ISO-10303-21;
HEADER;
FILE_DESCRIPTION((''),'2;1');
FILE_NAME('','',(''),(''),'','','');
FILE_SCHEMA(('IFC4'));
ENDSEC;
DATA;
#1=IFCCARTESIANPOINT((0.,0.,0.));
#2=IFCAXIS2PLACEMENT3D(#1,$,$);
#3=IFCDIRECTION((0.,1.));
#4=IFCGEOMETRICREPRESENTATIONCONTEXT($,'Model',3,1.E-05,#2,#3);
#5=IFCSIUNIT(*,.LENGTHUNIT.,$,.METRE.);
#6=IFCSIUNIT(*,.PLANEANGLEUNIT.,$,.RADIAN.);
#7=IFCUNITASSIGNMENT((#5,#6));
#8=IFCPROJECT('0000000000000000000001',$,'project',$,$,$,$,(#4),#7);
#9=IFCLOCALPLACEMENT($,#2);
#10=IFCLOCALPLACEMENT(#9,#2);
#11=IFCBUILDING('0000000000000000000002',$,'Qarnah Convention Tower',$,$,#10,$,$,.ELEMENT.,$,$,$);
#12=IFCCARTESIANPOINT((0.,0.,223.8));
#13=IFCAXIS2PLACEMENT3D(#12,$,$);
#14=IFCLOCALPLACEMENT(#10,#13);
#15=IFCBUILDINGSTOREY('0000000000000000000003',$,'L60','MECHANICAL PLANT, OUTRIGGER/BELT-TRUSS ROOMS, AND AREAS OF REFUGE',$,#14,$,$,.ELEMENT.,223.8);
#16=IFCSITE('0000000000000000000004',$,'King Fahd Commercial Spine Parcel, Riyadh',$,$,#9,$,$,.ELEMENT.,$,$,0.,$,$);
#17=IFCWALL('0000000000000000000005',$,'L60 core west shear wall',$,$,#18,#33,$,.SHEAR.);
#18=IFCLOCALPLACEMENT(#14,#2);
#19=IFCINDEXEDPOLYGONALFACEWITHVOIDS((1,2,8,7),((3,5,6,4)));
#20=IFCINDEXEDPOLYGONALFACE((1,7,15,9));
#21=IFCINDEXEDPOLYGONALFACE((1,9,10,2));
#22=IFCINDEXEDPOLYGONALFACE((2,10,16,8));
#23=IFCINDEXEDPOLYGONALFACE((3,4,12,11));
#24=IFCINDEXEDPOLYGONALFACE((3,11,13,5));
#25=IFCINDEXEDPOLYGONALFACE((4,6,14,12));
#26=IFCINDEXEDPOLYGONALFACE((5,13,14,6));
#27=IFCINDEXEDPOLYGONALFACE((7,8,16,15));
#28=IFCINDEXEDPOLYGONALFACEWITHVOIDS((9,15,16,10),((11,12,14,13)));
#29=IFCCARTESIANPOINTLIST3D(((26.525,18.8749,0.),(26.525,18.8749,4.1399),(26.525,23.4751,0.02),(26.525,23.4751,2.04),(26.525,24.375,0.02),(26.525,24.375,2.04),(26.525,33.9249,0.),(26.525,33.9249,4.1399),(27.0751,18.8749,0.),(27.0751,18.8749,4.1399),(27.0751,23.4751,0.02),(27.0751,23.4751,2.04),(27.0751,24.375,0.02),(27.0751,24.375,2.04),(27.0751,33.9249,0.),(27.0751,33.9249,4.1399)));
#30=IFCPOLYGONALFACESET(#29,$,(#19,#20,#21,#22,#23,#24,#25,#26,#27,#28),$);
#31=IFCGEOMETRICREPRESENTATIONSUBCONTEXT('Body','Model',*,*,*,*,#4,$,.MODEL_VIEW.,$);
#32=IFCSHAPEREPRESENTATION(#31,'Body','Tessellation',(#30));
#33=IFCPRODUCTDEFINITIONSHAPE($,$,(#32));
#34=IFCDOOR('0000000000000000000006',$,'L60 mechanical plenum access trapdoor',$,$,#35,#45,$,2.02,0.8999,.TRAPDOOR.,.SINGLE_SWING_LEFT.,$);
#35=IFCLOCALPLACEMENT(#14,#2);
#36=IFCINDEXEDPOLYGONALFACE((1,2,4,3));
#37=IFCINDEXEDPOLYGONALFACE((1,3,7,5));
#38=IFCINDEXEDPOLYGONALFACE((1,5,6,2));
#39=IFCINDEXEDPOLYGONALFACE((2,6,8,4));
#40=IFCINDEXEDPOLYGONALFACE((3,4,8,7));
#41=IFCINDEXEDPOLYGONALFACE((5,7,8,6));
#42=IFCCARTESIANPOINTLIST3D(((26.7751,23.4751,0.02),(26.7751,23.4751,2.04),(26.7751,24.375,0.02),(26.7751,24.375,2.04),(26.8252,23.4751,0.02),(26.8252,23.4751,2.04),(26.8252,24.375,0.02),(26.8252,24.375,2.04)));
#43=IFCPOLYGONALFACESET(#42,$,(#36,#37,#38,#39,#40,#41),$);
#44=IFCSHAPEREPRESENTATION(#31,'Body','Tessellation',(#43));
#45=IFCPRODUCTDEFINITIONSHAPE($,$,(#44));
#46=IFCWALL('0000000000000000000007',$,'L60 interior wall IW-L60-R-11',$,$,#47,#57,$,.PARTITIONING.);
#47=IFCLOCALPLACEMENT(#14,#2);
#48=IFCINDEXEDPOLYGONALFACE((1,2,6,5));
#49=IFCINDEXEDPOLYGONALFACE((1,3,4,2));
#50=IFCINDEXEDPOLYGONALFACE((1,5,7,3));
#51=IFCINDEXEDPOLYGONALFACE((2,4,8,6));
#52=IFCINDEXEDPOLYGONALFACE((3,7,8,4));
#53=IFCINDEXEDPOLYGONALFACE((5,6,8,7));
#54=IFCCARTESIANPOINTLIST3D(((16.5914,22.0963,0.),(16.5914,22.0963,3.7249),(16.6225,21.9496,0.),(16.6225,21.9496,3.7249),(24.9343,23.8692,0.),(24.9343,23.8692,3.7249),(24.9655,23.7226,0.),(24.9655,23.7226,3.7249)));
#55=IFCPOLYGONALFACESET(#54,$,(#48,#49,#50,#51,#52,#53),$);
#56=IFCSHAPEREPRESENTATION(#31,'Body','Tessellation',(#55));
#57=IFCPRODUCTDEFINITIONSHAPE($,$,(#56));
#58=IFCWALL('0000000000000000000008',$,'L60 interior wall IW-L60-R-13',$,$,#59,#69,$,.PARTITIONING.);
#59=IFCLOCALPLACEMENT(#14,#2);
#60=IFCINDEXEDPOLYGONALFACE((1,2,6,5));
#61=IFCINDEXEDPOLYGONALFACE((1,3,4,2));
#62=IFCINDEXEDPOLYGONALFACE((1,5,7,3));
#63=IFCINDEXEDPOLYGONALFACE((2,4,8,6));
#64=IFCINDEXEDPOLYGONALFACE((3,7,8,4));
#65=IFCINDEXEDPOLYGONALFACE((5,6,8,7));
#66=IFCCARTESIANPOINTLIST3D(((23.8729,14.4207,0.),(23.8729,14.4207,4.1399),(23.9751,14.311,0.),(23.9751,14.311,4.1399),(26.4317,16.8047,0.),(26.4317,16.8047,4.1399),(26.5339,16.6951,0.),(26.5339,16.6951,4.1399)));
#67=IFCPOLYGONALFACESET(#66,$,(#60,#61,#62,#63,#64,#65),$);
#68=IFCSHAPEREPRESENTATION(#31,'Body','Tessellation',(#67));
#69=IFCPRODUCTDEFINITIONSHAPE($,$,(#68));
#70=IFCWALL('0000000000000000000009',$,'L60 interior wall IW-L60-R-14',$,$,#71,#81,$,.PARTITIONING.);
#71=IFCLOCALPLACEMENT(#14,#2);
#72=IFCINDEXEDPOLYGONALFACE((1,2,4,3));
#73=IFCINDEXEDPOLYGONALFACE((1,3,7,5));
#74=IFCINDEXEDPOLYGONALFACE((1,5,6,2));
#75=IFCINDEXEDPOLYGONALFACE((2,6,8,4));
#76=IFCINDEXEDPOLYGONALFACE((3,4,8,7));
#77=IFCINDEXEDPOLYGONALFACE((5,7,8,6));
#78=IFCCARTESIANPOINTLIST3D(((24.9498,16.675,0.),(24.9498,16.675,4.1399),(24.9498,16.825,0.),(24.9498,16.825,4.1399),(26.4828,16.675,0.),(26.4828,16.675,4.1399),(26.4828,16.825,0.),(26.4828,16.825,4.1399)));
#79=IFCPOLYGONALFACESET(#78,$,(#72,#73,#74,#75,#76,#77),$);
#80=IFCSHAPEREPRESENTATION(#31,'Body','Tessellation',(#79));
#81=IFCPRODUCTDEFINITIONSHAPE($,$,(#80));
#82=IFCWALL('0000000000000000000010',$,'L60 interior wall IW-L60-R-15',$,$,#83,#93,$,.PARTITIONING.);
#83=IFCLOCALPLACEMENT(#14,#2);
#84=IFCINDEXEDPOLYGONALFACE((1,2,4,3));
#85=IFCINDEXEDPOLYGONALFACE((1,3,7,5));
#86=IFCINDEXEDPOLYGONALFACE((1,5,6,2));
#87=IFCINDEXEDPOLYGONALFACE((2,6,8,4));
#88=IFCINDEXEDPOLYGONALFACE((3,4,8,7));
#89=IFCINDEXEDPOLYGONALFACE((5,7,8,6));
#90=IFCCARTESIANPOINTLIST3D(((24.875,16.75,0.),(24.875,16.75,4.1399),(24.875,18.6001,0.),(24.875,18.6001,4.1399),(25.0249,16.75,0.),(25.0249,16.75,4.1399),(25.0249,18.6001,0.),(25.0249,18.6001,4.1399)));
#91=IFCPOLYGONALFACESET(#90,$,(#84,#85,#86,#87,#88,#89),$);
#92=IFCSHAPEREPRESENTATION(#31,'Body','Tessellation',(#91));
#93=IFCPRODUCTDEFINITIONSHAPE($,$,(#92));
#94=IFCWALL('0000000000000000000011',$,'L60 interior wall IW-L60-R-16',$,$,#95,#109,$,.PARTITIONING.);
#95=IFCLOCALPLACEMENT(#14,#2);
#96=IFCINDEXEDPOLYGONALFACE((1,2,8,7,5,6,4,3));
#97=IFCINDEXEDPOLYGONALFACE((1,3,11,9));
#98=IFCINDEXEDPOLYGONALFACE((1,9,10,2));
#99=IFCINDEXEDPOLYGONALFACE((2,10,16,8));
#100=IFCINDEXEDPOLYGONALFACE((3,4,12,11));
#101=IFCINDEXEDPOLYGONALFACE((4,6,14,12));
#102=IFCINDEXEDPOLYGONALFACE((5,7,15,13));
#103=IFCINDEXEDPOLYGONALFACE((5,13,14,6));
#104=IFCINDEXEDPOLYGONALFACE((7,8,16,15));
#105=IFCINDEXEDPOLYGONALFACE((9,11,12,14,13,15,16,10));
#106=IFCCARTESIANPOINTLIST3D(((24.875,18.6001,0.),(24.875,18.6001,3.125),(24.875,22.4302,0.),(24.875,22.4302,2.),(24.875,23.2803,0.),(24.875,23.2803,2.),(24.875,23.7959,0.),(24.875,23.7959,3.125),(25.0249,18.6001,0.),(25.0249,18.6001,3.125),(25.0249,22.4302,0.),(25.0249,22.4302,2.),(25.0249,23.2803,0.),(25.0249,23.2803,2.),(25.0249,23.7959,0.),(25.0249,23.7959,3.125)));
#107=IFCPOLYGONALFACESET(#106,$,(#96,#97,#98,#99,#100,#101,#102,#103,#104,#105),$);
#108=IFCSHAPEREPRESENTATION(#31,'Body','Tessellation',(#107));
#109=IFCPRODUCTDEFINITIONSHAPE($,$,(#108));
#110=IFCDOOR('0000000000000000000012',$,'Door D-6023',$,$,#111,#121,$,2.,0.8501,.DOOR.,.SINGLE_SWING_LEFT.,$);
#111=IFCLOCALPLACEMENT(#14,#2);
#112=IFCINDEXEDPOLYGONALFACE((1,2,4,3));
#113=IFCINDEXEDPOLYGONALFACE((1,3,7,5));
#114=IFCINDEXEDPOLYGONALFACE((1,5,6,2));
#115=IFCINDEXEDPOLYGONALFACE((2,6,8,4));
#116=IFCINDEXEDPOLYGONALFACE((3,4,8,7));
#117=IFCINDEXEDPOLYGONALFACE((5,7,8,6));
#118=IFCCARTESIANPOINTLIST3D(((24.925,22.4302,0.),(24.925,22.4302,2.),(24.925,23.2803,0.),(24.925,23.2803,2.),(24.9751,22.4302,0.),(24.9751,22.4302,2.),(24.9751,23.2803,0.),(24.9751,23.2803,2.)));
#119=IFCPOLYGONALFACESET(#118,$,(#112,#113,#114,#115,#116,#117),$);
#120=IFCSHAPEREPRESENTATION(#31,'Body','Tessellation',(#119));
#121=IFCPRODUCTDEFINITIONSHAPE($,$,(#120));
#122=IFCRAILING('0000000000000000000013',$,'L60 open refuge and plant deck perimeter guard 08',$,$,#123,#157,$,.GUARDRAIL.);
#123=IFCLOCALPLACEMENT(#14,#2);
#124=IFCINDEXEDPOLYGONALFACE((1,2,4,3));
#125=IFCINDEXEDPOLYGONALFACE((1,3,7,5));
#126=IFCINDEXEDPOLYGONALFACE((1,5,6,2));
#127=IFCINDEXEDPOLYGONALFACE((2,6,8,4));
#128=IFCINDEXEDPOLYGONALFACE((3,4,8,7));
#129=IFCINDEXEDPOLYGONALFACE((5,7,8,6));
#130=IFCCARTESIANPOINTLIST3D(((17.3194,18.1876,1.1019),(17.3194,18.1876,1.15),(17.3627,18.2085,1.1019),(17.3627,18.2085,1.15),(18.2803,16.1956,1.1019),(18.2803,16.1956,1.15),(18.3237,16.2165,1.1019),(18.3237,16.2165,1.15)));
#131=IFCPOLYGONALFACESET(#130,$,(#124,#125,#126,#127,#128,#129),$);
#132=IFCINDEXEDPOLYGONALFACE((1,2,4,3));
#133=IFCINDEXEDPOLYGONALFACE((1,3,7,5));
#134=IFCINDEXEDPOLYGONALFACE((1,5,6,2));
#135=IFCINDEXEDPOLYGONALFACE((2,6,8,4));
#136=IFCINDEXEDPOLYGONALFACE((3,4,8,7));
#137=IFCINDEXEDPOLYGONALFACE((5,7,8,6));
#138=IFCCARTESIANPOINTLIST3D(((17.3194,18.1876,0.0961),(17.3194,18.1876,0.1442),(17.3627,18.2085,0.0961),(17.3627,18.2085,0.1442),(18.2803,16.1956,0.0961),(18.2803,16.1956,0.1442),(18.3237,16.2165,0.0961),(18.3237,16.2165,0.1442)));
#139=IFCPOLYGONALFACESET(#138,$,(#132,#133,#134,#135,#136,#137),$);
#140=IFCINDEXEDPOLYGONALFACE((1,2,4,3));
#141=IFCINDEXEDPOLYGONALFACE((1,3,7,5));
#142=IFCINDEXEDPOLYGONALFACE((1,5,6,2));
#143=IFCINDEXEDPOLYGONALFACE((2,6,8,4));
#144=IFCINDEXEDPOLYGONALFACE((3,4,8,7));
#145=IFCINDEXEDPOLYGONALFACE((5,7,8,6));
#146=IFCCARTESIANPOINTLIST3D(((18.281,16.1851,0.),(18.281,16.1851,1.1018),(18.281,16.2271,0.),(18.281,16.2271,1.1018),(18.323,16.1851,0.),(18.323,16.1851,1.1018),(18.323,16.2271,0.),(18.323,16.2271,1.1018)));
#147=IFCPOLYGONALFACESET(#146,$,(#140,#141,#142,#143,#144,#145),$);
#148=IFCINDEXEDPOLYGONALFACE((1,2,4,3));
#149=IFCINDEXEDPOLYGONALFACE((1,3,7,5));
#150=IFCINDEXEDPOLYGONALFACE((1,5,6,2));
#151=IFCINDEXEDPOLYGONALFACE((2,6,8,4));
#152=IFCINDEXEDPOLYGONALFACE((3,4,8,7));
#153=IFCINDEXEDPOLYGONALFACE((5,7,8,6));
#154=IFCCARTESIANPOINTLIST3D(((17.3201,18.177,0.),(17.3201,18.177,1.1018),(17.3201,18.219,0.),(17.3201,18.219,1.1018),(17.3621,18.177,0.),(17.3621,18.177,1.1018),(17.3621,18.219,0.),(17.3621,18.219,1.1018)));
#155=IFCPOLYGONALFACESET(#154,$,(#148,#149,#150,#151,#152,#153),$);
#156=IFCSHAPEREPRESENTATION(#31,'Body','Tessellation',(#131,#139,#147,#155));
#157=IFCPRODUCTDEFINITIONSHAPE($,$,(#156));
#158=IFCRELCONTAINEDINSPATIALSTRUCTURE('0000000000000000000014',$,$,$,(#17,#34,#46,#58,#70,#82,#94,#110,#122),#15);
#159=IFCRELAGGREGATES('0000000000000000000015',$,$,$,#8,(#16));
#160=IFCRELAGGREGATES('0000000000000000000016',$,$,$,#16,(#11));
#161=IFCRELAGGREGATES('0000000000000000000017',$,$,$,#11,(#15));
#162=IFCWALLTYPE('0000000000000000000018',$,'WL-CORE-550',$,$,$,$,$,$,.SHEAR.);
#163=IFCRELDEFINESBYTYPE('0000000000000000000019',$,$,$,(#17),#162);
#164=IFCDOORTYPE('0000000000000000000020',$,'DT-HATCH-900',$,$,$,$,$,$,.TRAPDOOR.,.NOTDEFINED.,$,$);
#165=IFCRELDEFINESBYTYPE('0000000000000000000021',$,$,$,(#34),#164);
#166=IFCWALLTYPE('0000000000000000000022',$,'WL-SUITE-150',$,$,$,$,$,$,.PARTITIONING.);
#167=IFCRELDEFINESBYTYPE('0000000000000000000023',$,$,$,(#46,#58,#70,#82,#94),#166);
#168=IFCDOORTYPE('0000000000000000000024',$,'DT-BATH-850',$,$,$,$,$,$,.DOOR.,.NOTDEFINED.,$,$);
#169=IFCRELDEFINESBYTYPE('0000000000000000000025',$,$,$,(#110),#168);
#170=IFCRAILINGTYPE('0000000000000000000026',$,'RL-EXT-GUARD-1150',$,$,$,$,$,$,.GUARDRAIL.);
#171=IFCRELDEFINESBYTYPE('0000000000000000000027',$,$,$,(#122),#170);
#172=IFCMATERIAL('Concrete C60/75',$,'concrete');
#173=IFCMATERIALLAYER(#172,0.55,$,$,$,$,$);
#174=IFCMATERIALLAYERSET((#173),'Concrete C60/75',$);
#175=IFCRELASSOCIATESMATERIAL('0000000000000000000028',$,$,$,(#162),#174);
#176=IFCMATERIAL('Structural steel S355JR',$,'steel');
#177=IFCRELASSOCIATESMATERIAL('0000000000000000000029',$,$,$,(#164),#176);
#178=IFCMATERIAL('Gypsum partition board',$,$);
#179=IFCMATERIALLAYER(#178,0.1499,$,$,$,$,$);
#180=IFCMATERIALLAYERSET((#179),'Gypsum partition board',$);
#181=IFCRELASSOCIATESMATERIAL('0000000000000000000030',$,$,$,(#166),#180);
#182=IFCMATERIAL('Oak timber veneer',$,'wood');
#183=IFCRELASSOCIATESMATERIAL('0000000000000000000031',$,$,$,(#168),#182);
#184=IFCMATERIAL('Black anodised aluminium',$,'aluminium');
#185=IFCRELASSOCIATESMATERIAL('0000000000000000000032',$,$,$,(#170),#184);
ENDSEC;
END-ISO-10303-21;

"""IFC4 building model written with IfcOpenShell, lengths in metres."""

from ifc_helpers import new_model, si_unit, direction, frame, frame_2d, origin, origin_2d, place, context, subcontext, project, spatial, rectangle, extrude, material, layer, layer_set, type_object, element, fill, save


model = new_model("IFC4")

# Units and contexts
model_context = context("Model", 3, precision=1e-05, world=origin(), true_north=direction((0.0, 1.0)))
body_context = subcontext(model_context, "Body", "Model", "MODEL_VIEW")
ifc_project = project(units=[si_unit("LENGTHUNIT", "METRE"), si_unit("PLANEANGLEUNIT", "RADIAN")], contexts=[model_context])

# Site, building, storey
site_placement = place(None, origin())
site = spatial("IfcSite", under=ifc_project, at=site_placement, Name="King Fahd Commercial Spine Parcel, Riyadh", CompositionType="ELEMENT", RefElevation=0.0)
building_placement = place(site_placement, origin())
building = spatial("IfcBuilding", under=site, at=building_placement, Name="Qarnah Convention Tower", CompositionType="ELEMENT")
storey_placement = place(building_placement, frame((0.0, 0.0, 223.8)))
storey = spatial("IfcBuildingStorey", under=building, at=storey_placement, Name="L60", Description="MECHANICAL PLANT, OUTRIGGER/BELT-TRUSS ROOMS, AND AREAS OF REFUGE", CompositionType="ELEMENT", Elevation=223.8)

# Shared definitions
ifc_material_1 = material(Name="Structural steel S355JR", Category="steel")

# Shared definitions
ifc_material_2 = material(Name="Concrete C60/75", Category="concrete")
ifc_layer_1 = layer(ifc_material_2, 0.55)
ifc_layer_set_1 = layer_set([ifc_layer_1], Name="Concrete C60/75")
wall_type_1 = type_object("IfcWallType", Name="WL-CORE-550", PredefinedType="SHEAR", material=ifc_layer_set_1)

# Wall, opening, door
wall_1_placement = place(storey_placement, frame((26.8, 18.875, 0.0), z_axis=(0.0, 0.0, 1.0), x_axis=(0.0, 1.0, 0.0)))
wall_1 = element("IfcWall", 1, at=wall_1_placement, inside=storey, type_object=wall_type_1, Name="L60 core west shear wall", PredefinedType="SHEAR", context=body_context, shape_type="SweptSolid", body=[
    extrude(rectangle(XDim=15.05, YDim=0.55, at=frame_2d((7.5249, 0.0))), origin(), (0.0, 0.0, 1.0), 4.1399),
])
opening_1_placement = place(wall_1_placement, frame((4.6001, 0.0, 0.02)))
opening_1 = element("IfcOpeningElement", 2, at=opening_1_placement, cuts=wall_1, PredefinedType="OPENING", context=body_context, shape_type="SweptSolid", body=[
    extrude(rectangle(XDim=0.8999, YDim=2.02, at=frame_2d((0.45, 1.01))), frame((0.0, 0.2849, 0.0), z_axis=(0.0, -1.0, 0.0), x_axis=(1.0, 0.0, 0.0)), (0.0, 0.0, 1.0), 0.5701),
])
door_type_1 = type_object("IfcDoorType", Name="DT-HATCH-900", OperationType="NOTDEFINED", PredefinedType="TRAPDOOR", material=ifc_material_1)
door_1_placement = place(opening_1_placement, origin())
door_1 = element("IfcDoor", 3, at=door_1_placement, inside=storey, type_object=door_type_1, Name="L60 mechanical plenum access trapdoor", OperationType="SINGLE_SWING_LEFT", OverallHeight=2.02, OverallWidth=0.8999, PredefinedType="TRAPDOOR", context=body_context, shape_type="SweptSolid", body=[
    extrude(rectangle(XDim=0.8999, YDim=2.02, at=frame_2d((0.45, 1.01))), frame((0.0, 0.0249, 0.0), z_axis=(0.0, -1.0, 0.0), x_axis=(1.0, 0.0, 0.0)), (0.0, 0.0, 1.0), 0.05),
])
fill(opening_1, door_1)

# Walls
ifc_material_3 = material(Name="Gypsum partition board")
ifc_layer_2 = layer(ifc_material_3, 0.1499)
ifc_layer_set_2 = layer_set([ifc_layer_2], Name="Gypsum partition board")
wall_type_2 = type_object("IfcWallType", Name="WL-SUITE-150", PredefinedType="PARTITIONING", material=ifc_layer_set_2)
wall_2_placement = place(storey_placement, frame((16.6069, 22.0229, 0.0), z_axis=(0.0, 0.0, 1.0), x_axis=(0.978157, 0.207865, 0.0)))
element("IfcWall", 4, at=wall_2_placement, inside=storey, type_object=wall_type_2, Name="L60 interior wall IW-L60-R-11", PredefinedType="PARTITIONING", context=body_context, shape_type="SweptSolid", body=[
    extrude(rectangle(XDim=8.5293, YDim=0.1499, at=frame_2d((4.2646, 0.0))), origin(), (0.0, 0.0, 1.0), 3.7249),
])
wall_3_placement = place(storey_placement, frame((23.9241, 14.366, 0.0), z_axis=(0.0, 0.0, 1.0), x_axis=(0.731656, 0.681674, 0.0)))
element("IfcWall", 5, at=wall_3_placement, inside=storey, type_object=wall_type_2, Name="L60 interior wall IW-L60-R-13", PredefinedType="PARTITIONING", context=body_context, shape_type="SweptSolid", body=[
    extrude(rectangle(XDim=3.4973, YDim=0.1499, at=frame_2d((1.7485, 0.0))), origin(), (0.0, 0.0, 1.0), 4.1399),
])
wall_4_placement = place(storey_placement, frame((26.4829, 16.75, 0.0), z_axis=(0.0, 0.0, 1.0), x_axis=(-1.0, 0.0, 0.0)))
element("IfcWall", 6, at=wall_4_placement, inside=storey, type_object=wall_type_2, Name="L60 interior wall IW-L60-R-14", PredefinedType="PARTITIONING", context=body_context, shape_type="SweptSolid", body=[
    extrude(rectangle(XDim=1.533, YDim=0.1499, at=frame_2d((0.7666, 0.0))), origin(), (0.0, 0.0, 1.0), 4.1399),
])
wall_5_placement = place(storey_placement, frame((24.95, 16.75, 0.0), z_axis=(0.0, 0.0, 1.0), x_axis=(0.0, 1.0, 0.0)))
element("IfcWall", 7, at=wall_5_placement, inside=storey, type_object=wall_type_2, Name="L60 interior wall IW-L60-R-15", PredefinedType="PARTITIONING", context=body_context, shape_type="SweptSolid", body=[
    extrude(rectangle(XDim=1.8501, YDim=0.1499, at=frame_2d((0.925, 0.0))), origin(), (0.0, 0.0, 1.0), 4.1399),
])

# Wall, opening, door
wall_6_placement = place(storey_placement, frame((24.95, 18.6001, 0.0), z_axis=(0.0, 0.0, 1.0), x_axis=(0.0, 1.0, 0.0)))
wall_6 = element("IfcWall", 8, at=wall_6_placement, inside=storey, type_object=wall_type_2, Name="L60 interior wall IW-L60-R-16", PredefinedType="PARTITIONING", context=body_context, shape_type="SweptSolid", body=[
    extrude(rectangle(XDim=5.1958, YDim=0.1499, at=frame_2d((2.5979, 0.0))), origin(), (0.0, 0.0, 1.0), 3.125),
])
opening_2_placement = place(wall_6_placement, frame((3.8301, 0.0, 0.0)))
opening_2 = element("IfcOpeningElement", 9, at=opening_2_placement, cuts=wall_6, PredefinedType="OPENING", context=body_context, shape_type="SweptSolid", body=[
    extrude(rectangle(XDim=0.8501, YDim=2.0, at=frame_2d((0.425, 1.0))), frame((0.0, 0.085, 0.0), z_axis=(0.0, -1.0, 0.0), x_axis=(1.0, 0.0, 0.0)), (0.0, 0.0, 1.0), 0.1699),
])
ifc_material_4 = material(Name="Oak timber veneer", Category="wood")
door_type_2 = type_object("IfcDoorType", Name="DT-BATH-850", OperationType="NOTDEFINED", PredefinedType="DOOR", material=ifc_material_4)
door_2_placement = place(opening_2_placement, origin())
door_2 = element("IfcDoor", 10, at=door_2_placement, inside=storey, type_object=door_type_2, Name="Door D-6023", OperationType="SINGLE_SWING_LEFT", OverallHeight=2.0, OverallWidth=0.8501, PredefinedType="DOOR", context=body_context, shape_type="SweptSolid", body=[
    extrude(rectangle(XDim=0.8501, YDim=2.0, at=frame_2d((0.425, 1.0))), frame((0.0, 0.0249, 0.0), z_axis=(0.0, -1.0, 0.0), x_axis=(1.0, 0.0, 0.0)), (0.0, 0.0, 1.0), 0.05),
])
fill(opening_2, door_2)

# Railing
ifc_material_5 = material(Name="Black anodised aluminium", Category="aluminium")
railing_type = type_object("IfcRailingType", Name="RL-EXT-GUARD-1150", PredefinedType="GUARDRAIL", material=ifc_material_5)
railing_1_placement = place(storey_placement, frame((18.302, 16.2061, 0.0)))
element("IfcRailing", 11, at=railing_1_placement, inside=storey, type_object=railing_type, Name="L60 open refuge and plant deck perimeter guard 08", PredefinedType="GUARDRAIL", context=body_context, shape_type="SweptSolid", body=[
    extrude(rectangle(XDim=0.0481, YDim=0.0481, at=origin_2d()), frame((0.0, 0.0, 1.126), z_axis=(-0.434496, 0.900674, 0.0), x_axis=(-0.900674, -0.434496, 0.0)), (0.0, 0.0, 1.0), 2.2117),
    extrude(rectangle(XDim=0.0481, YDim=0.0481, at=origin_2d()), frame((0.0, 0.0, 0.1201), z_axis=(-0.434496, 0.900674, 0.0), x_axis=(-0.900674, -0.434496, 0.0)), (0.0, 0.0, 1.0), 2.2117),
    extrude(rectangle(XDim=0.042, YDim=0.042, at=origin_2d()), origin(), (0.0, 0.0, 1.0), 1.1018),
    extrude(rectangle(XDim=0.042, YDim=0.042, at=origin_2d()), frame((-0.9609, 1.9919, 0.0)), (0.0, 0.0, 1.0), 1.1018),
])

save(model, "model.ifc")
